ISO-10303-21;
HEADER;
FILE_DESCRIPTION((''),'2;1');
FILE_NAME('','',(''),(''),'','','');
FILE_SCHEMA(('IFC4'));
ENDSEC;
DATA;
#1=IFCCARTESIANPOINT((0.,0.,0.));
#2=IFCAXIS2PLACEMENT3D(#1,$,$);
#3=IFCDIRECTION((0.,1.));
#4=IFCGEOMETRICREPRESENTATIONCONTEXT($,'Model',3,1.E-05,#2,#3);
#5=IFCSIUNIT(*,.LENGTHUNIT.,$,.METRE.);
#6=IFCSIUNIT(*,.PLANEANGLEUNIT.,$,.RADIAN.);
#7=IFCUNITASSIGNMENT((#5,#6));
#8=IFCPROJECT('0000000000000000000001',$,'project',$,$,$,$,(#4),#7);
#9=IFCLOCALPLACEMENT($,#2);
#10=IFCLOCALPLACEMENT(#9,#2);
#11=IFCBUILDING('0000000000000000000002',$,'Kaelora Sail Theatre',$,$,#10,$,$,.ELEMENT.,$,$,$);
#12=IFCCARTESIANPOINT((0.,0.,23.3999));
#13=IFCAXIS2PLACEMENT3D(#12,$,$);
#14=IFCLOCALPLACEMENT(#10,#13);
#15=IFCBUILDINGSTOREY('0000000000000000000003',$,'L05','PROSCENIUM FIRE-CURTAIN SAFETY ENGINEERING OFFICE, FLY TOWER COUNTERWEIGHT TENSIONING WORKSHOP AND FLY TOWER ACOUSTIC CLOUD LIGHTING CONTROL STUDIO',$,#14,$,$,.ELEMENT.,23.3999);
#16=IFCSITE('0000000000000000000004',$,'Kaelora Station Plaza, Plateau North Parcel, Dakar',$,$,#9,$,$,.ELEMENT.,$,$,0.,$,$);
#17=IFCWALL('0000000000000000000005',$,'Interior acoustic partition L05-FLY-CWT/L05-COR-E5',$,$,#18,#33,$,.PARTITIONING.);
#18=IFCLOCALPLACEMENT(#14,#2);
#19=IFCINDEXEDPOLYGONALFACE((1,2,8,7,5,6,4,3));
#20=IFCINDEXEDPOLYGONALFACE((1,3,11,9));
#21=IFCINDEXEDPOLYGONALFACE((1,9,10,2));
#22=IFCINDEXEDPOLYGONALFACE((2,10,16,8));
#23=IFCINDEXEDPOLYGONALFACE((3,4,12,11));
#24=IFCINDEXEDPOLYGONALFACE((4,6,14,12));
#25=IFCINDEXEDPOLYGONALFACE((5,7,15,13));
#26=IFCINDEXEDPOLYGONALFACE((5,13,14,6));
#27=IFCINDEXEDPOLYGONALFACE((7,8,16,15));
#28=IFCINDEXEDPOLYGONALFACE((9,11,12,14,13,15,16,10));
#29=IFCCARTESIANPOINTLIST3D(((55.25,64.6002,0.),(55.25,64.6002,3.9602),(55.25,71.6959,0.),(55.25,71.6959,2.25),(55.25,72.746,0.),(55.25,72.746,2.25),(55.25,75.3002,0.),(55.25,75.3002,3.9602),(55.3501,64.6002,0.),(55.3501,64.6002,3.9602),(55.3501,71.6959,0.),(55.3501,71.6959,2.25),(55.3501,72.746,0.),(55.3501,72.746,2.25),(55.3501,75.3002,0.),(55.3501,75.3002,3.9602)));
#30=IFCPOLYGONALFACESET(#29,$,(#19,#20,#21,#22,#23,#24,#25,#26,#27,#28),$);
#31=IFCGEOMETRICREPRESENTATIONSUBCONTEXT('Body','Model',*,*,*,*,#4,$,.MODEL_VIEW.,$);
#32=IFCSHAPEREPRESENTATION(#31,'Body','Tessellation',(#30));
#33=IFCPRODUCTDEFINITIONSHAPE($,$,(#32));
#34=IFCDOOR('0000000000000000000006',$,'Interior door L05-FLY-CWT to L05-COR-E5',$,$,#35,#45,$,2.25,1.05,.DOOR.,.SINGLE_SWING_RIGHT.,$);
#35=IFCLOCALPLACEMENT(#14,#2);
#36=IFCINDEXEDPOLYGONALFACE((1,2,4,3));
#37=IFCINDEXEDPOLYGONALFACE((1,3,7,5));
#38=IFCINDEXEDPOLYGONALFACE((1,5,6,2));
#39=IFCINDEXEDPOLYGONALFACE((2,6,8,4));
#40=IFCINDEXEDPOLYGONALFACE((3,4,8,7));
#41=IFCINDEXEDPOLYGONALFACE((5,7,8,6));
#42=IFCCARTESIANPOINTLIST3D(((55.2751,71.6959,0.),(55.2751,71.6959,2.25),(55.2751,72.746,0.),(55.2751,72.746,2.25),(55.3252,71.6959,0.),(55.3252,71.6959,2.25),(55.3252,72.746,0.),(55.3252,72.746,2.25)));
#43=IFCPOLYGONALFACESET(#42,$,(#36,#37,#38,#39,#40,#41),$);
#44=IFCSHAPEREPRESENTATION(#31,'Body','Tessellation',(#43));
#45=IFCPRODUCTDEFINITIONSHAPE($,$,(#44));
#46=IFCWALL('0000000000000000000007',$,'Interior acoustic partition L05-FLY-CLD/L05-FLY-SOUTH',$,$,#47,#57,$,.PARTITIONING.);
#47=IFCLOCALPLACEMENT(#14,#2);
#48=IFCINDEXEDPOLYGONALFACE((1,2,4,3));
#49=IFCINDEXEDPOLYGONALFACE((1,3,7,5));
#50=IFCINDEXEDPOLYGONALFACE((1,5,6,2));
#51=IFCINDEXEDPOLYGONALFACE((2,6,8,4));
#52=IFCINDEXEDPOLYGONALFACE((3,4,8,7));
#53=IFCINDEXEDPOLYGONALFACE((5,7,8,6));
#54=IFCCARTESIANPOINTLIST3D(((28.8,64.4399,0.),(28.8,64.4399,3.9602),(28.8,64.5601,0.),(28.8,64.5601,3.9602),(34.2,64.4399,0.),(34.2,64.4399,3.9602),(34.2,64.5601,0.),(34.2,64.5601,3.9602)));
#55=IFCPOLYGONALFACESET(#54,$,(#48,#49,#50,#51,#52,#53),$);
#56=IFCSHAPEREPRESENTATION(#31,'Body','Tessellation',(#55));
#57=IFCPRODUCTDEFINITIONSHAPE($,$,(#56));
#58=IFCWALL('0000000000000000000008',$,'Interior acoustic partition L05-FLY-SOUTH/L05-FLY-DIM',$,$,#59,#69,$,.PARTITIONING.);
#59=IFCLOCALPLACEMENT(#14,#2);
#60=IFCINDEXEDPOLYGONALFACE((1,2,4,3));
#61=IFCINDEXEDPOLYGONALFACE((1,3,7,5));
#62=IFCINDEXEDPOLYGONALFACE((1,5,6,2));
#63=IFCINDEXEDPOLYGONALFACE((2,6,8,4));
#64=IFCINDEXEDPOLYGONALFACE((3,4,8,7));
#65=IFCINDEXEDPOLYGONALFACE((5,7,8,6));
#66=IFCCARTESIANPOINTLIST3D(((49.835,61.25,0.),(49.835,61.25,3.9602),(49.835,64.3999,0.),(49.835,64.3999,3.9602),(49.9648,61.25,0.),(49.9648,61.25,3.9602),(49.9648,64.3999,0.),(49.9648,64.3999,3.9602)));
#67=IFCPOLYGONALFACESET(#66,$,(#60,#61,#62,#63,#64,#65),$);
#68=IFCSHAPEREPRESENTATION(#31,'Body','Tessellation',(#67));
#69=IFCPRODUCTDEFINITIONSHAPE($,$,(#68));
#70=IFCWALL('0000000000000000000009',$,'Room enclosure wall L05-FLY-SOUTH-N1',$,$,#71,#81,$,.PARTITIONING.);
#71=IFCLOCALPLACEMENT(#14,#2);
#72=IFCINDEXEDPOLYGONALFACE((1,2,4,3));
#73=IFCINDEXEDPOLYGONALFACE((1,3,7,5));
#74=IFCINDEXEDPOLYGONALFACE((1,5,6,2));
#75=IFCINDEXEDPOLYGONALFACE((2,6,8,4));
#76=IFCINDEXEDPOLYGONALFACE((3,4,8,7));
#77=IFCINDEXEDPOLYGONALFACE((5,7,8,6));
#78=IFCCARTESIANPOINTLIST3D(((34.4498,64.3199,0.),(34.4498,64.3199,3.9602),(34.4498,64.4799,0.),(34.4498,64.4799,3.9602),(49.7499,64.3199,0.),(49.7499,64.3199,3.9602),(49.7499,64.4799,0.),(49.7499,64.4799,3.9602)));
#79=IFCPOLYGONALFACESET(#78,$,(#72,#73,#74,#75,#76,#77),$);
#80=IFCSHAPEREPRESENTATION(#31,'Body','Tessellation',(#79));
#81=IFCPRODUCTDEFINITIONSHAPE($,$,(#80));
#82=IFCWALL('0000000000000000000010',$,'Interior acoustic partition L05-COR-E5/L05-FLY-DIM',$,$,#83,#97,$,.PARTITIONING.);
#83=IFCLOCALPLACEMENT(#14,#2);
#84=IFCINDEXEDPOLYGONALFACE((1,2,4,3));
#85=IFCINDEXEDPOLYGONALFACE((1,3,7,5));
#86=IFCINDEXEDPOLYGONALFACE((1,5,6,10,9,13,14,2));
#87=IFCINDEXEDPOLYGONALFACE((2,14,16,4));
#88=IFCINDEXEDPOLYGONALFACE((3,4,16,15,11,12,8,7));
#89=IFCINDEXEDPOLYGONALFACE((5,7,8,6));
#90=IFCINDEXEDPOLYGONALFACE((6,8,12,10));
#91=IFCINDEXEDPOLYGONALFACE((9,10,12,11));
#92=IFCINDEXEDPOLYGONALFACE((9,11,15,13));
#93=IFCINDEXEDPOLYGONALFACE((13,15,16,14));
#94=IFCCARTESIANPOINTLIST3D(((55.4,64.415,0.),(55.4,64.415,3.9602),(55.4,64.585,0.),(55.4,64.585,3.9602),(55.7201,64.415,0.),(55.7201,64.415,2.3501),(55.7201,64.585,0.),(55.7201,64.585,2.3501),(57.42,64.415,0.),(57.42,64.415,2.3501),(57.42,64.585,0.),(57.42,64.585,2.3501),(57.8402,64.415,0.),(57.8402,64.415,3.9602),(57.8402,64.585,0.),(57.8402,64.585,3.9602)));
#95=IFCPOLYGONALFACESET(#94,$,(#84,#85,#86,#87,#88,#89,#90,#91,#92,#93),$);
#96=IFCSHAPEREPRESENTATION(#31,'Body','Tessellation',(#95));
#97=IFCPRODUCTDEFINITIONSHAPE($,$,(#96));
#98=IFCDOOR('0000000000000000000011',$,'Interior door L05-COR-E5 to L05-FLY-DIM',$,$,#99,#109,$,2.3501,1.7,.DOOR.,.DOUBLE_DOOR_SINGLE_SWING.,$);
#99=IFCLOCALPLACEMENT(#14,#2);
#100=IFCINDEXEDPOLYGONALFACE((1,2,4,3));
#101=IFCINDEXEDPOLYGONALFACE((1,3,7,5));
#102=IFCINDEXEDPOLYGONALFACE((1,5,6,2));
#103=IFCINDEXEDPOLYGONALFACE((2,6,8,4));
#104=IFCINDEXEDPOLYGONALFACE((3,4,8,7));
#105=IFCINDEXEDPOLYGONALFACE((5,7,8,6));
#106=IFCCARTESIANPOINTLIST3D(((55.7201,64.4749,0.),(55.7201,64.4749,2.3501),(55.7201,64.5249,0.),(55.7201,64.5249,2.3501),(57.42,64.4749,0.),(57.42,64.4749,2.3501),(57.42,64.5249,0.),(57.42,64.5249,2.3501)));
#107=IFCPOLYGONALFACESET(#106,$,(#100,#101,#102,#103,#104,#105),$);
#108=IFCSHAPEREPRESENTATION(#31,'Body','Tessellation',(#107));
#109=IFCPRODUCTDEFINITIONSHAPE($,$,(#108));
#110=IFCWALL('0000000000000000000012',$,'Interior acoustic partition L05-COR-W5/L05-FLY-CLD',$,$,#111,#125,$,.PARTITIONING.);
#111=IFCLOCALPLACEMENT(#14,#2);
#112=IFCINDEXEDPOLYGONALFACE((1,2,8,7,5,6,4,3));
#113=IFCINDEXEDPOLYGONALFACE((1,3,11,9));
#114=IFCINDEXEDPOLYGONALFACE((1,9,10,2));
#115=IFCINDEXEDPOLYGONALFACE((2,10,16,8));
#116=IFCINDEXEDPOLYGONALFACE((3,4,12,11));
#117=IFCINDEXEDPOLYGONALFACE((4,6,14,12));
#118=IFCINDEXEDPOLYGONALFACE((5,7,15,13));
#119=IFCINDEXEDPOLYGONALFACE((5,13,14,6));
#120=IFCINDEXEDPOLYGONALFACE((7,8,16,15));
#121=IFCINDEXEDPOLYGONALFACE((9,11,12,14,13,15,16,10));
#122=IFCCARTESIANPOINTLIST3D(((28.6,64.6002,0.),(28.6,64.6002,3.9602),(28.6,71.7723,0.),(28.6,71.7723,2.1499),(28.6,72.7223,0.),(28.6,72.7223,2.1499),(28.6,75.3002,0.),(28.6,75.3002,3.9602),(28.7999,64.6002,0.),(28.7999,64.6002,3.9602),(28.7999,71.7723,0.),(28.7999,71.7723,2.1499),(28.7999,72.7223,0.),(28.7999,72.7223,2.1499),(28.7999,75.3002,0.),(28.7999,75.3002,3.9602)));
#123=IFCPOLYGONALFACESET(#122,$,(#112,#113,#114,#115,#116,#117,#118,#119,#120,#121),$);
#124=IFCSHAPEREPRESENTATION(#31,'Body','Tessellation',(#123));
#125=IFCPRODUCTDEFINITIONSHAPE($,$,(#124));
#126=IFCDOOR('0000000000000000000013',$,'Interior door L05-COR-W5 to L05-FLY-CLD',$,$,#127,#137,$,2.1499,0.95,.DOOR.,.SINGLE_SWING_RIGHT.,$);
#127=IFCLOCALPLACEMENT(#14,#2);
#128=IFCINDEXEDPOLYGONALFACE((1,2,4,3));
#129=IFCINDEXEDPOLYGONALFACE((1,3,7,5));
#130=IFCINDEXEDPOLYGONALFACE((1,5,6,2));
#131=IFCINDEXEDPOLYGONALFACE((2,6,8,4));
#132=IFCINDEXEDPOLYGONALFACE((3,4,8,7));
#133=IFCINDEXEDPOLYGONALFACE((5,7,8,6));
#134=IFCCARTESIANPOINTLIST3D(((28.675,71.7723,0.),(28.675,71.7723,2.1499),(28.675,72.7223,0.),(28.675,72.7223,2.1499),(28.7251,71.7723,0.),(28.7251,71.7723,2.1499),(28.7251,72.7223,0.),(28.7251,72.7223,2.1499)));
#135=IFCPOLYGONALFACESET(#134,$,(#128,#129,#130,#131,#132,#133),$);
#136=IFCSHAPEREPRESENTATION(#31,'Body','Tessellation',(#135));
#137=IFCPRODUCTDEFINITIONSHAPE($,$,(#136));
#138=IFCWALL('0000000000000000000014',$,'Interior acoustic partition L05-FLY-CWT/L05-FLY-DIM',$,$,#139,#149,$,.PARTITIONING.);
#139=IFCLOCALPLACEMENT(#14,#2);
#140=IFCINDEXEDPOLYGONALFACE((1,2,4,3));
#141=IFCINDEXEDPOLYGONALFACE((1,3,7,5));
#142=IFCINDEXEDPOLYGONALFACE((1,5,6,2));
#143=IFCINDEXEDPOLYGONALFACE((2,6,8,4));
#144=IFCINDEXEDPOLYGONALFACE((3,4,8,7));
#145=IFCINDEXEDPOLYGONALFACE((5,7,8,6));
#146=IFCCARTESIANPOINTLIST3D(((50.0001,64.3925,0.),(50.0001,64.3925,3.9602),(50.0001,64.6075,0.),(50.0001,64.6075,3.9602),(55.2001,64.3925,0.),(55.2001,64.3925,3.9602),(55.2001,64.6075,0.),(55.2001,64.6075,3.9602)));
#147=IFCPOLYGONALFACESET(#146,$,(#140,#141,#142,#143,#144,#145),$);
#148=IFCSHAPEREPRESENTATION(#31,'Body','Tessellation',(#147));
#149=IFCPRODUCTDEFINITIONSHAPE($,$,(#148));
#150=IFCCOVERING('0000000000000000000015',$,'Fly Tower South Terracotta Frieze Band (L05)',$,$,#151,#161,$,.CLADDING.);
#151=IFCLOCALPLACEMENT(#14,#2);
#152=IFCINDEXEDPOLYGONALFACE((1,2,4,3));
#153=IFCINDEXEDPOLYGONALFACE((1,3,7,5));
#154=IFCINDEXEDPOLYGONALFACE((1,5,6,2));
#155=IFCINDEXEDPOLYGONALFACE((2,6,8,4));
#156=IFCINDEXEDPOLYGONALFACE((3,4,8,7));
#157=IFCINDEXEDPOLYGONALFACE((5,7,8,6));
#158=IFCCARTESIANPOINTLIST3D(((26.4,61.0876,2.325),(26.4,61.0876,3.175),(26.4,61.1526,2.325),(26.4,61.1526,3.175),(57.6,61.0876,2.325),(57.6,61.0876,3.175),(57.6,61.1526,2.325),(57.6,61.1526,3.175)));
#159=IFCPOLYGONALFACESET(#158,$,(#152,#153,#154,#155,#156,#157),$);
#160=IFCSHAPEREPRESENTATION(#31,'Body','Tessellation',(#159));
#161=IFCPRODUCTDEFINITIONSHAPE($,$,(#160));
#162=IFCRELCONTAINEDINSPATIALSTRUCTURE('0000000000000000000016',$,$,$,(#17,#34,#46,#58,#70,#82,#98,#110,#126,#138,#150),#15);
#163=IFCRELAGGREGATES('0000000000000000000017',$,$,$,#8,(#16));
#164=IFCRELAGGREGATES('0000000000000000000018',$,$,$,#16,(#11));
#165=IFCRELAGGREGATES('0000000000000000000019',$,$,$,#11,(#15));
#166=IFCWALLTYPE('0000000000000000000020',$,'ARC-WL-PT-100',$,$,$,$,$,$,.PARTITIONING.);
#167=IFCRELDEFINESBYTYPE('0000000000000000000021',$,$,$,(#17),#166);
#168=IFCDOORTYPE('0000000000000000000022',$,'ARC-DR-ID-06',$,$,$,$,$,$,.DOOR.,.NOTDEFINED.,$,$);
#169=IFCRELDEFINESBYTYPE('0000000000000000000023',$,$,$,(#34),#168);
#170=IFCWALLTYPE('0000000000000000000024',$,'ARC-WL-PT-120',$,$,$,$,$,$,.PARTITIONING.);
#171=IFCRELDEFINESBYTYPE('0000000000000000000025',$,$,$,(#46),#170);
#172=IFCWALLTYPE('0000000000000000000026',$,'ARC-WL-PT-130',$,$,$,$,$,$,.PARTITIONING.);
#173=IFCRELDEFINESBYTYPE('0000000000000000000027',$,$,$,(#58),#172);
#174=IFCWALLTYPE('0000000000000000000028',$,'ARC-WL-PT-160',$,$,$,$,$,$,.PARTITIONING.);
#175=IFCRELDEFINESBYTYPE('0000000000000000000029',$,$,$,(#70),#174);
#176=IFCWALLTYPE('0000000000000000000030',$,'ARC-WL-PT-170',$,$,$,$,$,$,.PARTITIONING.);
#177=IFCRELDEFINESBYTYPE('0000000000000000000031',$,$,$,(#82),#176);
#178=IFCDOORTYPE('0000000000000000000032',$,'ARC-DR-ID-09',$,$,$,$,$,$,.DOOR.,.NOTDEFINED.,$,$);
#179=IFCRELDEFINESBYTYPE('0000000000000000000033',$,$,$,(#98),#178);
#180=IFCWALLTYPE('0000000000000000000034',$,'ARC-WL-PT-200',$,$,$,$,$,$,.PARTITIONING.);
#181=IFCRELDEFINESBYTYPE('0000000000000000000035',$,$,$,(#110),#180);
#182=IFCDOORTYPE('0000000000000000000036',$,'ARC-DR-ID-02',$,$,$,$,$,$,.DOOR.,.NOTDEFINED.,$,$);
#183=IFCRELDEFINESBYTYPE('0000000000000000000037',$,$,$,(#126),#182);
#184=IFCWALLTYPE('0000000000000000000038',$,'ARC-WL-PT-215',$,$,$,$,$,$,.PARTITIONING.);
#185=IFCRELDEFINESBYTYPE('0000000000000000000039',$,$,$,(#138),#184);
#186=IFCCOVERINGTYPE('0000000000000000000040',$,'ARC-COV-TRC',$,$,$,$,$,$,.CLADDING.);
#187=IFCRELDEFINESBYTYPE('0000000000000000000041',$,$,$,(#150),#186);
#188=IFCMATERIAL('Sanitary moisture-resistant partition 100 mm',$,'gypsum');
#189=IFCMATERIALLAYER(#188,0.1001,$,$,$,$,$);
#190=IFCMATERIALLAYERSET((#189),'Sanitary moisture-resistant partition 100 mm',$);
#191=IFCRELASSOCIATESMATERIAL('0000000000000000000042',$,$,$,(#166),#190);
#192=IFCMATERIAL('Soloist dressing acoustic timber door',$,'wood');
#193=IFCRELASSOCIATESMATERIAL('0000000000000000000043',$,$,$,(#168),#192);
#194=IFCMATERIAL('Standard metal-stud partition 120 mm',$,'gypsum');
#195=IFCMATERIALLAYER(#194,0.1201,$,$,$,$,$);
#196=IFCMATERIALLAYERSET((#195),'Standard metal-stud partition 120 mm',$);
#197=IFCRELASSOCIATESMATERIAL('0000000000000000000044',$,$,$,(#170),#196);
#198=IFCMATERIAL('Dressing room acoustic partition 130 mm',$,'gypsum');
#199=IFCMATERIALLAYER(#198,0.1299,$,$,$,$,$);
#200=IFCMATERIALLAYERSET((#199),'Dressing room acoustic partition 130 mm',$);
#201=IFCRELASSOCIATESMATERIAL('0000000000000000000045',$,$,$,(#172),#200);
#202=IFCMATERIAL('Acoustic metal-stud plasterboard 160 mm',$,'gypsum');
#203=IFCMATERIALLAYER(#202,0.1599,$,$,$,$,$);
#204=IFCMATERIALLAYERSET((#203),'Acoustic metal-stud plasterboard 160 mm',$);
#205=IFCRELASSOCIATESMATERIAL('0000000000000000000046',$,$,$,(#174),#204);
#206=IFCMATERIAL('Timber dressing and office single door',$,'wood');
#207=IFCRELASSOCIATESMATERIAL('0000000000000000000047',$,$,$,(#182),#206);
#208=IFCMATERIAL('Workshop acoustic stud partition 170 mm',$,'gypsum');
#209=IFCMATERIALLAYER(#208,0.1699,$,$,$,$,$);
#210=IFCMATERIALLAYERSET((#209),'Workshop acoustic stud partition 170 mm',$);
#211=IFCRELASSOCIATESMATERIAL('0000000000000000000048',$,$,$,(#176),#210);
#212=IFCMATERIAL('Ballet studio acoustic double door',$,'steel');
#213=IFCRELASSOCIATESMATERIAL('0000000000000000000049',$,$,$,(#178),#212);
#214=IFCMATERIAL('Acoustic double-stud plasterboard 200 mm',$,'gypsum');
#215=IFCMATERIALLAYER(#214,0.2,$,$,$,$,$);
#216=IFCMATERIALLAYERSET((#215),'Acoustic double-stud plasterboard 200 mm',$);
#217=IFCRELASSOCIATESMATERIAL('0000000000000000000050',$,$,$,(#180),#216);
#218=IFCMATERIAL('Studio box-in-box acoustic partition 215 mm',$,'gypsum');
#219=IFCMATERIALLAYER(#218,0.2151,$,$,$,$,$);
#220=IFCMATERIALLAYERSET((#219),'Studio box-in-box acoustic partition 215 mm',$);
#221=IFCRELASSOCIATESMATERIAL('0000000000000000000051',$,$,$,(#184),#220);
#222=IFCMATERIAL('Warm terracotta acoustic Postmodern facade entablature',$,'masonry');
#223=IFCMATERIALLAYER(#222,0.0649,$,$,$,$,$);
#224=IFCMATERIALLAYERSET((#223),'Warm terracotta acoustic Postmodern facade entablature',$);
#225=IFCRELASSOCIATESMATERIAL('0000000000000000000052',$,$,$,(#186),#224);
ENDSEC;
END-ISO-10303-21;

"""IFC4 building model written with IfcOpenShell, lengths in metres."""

from ifc_helpers import new_model, si_unit, direction, frame, frame_2d, origin, origin_2d, place, context, subcontext, project, spatial, rectangle, extrude, material, layer, layer_set, type_object, element, fill, save


model = new_model("IFC4")

# Units and contexts
model_context = context("Model", 3, precision=1e-05, world=origin(), true_north=direction((0.0, 1.0)))
body_context = subcontext(model_context, "Body", "Model", "MODEL_VIEW")
ifc_project = project(units=[si_unit("LENGTHUNIT", "METRE"), si_unit("PLANEANGLEUNIT", "RADIAN")], contexts=[model_context])

# Site, building, storey
site_placement = place(None, origin())
site = spatial("IfcSite", under=ifc_project, at=site_placement, Name="Kaelora Station Plaza, Plateau North Parcel, Dakar", CompositionType="ELEMENT", RefElevation=0.0)
building_placement = place(site_placement, origin())
building = spatial("IfcBuilding", under=site, at=building_placement, Name="Kaelora Sail Theatre", CompositionType="ELEMENT")
storey_placement = place(building_placement, frame((0.0, 0.0, 23.3999)))
storey = spatial("IfcBuildingStorey", under=building, at=storey_placement, Name="L05", Description="PROSCENIUM FIRE-CURTAIN SAFETY ENGINEERING OFFICE, FLY TOWER COUNTERWEIGHT TENSIONING WORKSHOP AND FLY TOWER ACOUSTIC CLOUD LIGHTING CONTROL STUDIO", CompositionType="ELEMENT", Elevation=23.3999)

# Wall, opening, door
ifc_material_1 = material(Name="Sanitary moisture-resistant partition 100 mm", Category="gypsum")
ifc_layer_1 = layer(ifc_material_1, 0.1001)
ifc_layer_set_1 = layer_set([ifc_layer_1], Name="Sanitary moisture-resistant partition 100 mm")
wall_type_1 = type_object("IfcWallType", Name="ARC-WL-PT-100", PredefinedType="PARTITIONING", material=ifc_layer_set_1)
wall_1_placement = place(storey_placement, frame((55.3, 64.6001, 0.0), z_axis=(0.0, 0.0, 1.0), x_axis=(0.0, 1.0, 0.0)))
wall_1 = element("IfcWall", 1, at=wall_1_placement, inside=storey, type_object=wall_type_1, Name="Interior acoustic partition L05-FLY-CWT/L05-COR-E5", PredefinedType="PARTITIONING", context=body_context, shape_type="SweptSolid", body=[
    extrude(rectangle(XDim=10.7, YDim=0.1001, at=frame_2d((5.3501, 0.0))), origin(), (0.0, 0.0, 1.0), 3.9602),
])
opening_1_placement = place(wall_1_placement, frame((7.0959, 0.0, 0.0)))
opening_1 = element("IfcOpeningElement", 2, at=opening_1_placement, cuts=wall_1, PredefinedType="OPENING", context=body_context, shape_type="SweptSolid", body=[
    extrude(rectangle(XDim=1.05, YDim=2.25, at=frame_2d((0.5249, 1.125))), frame((0.0, 0.06, 0.0), z_axis=(0.0, -1.0, 0.0), x_axis=(1.0, 0.0, 0.0)), (0.0, 0.0, 1.0), 0.1201),
])
ifc_material_2 = material(Name="Soloist dressing acoustic timber door", Category="wood")
door_type_1 = type_object("IfcDoorType", Name="ARC-DR-ID-06", OperationType="NOTDEFINED", PredefinedType="DOOR", material=ifc_material_2)
door_1_placement = place(opening_1_placement, origin())
door_1 = element("IfcDoor", 3, at=door_1_placement, inside=storey, type_object=door_type_1, Name="Interior door L05-FLY-CWT to L05-COR-E5", OperationType="SINGLE_SWING_RIGHT", OverallHeight=2.25, OverallWidth=1.05, PredefinedType="DOOR", context=body_context, shape_type="SweptSolid", body=[
    extrude(rectangle(XDim=1.05, YDim=2.25, at=frame_2d((0.5249, 1.125))), frame((0.0, 0.0249, 0.0), z_axis=(0.0, -1.0, 0.0), x_axis=(1.0, 0.0, 0.0)), (0.0, 0.0, 1.0), 0.05),
])
fill(opening_1, door_1)

# Walls
ifc_material_3 = material(Name="Standard metal-stud partition 120 mm", Category="gypsum")
ifc_layer_2 = layer(ifc_material_3, 0.1201)
ifc_layer_set_2 = layer_set([ifc_layer_2], Name="Standard metal-stud partition 120 mm")
wall_type_2 = type_object("IfcWallType", Name="ARC-WL-PT-120", PredefinedType="PARTITIONING", material=ifc_layer_set_2)
wall_2_placement = place(storey_placement, frame((28.8, 64.5, 0.0), z_axis=(0.0, 0.0, 1.0), x_axis=(1.0, 0.0, 0.0)))
element("IfcWall", 4, at=wall_2_placement, inside=storey, type_object=wall_type_2, Name="Interior acoustic partition L05-FLY-CLD/L05-FLY-SOUTH", PredefinedType="PARTITIONING", context=body_context, shape_type="SweptSolid", body=[
    extrude(rectangle(XDim=5.3999, YDim=0.1201, at=frame_2d((2.7, 0.0))), origin(), (0.0, 0.0, 1.0), 3.9602),
])
ifc_material_4 = material(Name="Dressing room acoustic partition 130 mm", Category="gypsum")
ifc_layer_3 = layer(ifc_material_4, 0.1299)
ifc_layer_set_3 = layer_set([ifc_layer_3], Name="Dressing room acoustic partition 130 mm")
wall_type_3 = type_object("IfcWallType", Name="ARC-WL-PT-130", PredefinedType="PARTITIONING", material=ifc_layer_set_3)
wall_3_placement = place(storey_placement, frame((49.8999, 61.25, 0.0), z_axis=(0.0, 0.0, 1.0), x_axis=(0.0, 1.0, 0.0)))
element("IfcWall", 5, at=wall_3_placement, inside=storey, type_object=wall_type_3, Name="Interior acoustic partition L05-FLY-SOUTH/L05-FLY-DIM", PredefinedType="PARTITIONING", context=body_context, shape_type="SweptSolid", body=[
    extrude(rectangle(XDim=3.1499, YDim=0.1299, at=frame_2d((1.575, 0.0))), origin(), (0.0, 0.0, 1.0), 3.9602),
])

# Shared definitions
ifc_material_5 = material(Name="Acoustic metal-stud plasterboard 160 mm", Category="gypsum")
ifc_layer_4 = layer(ifc_material_5, 0.1599)
ifc_layer_set_4 = layer_set([ifc_layer_4], Name="Acoustic metal-stud plasterboard 160 mm")
wall_type_4 = type_object("IfcWallType", Name="ARC-WL-PT-160", PredefinedType="PARTITIONING", material=ifc_layer_set_4)
ifc_material_6 = material(Name="Timber dressing and office single door", Category="wood")
door_type_2 = type_object("IfcDoorType", Name="ARC-DR-ID-02", OperationType="NOTDEFINED", PredefinedType="DOOR", material=ifc_material_6)

# Wall
wall_4_placement = place(storey_placement, frame((34.45, 64.3999, 0.0), z_axis=(0.0, 0.0, 1.0), x_axis=(1.0, 0.0, 0.0)))
element("IfcWall", 6, at=wall_4_placement, inside=storey, type_object=wall_type_4, Name="Room enclosure wall L05-FLY-SOUTH-N1", PredefinedType="PARTITIONING", context=body_context, shape_type="SweptSolid", body=[
    extrude(rectangle(XDim=15.3, YDim=0.1599, at=frame_2d((7.6499, 0.0))), origin(), (0.0, 0.0, 1.0), 3.9602),
])

# Walls, openings, doors
ifc_material_7 = material(Name="Workshop acoustic stud partition 170 mm", Category="gypsum")
ifc_layer_5 = layer(ifc_material_7, 0.1699)
ifc_layer_set_5 = layer_set([ifc_layer_5], Name="Workshop acoustic stud partition 170 mm")
wall_type_5 = type_object("IfcWallType", Name="ARC-WL-PT-170", PredefinedType="PARTITIONING", material=ifc_layer_set_5)
wall_5_placement = place(storey_placement, frame((55.3999, 64.5, 0.0), z_axis=(0.0, 0.0, 1.0), x_axis=(1.0, 0.0, 0.0)))
wall_5 = element("IfcWall", 7, at=wall_5_placement, inside=storey, type_object=wall_type_5, Name="Interior acoustic partition L05-COR-E5/L05-FLY-DIM", PredefinedType="PARTITIONING", context=body_context, shape_type="SweptSolid", body=[
    extrude(rectangle(XDim=2.4402, YDim=0.1699, at=frame_2d((1.2202, 0.0))), origin(), (0.0, 0.0, 1.0), 3.9602),
])
opening_2_placement = place(wall_5_placement, frame((0.3201, 0.0, 0.0)))
opening_2 = element("IfcOpeningElement", 8, at=opening_2_placement, cuts=wall_5, PredefinedType="OPENING", context=body_context, shape_type="SweptSolid", body=[
    extrude(rectangle(XDim=1.7, YDim=2.3501, at=frame_2d((0.8501, 1.175))), frame((0.0, 0.095, 0.0), z_axis=(0.0, -1.0, 0.0), x_axis=(1.0, 0.0, 0.0)), (0.0, 0.0, 1.0), 0.1899),
])
ifc_material_8 = material(Name="Ballet studio acoustic double door", Category="steel")
door_type_3 = type_object("IfcDoorType", Name="ARC-DR-ID-09", OperationType="NOTDEFINED", PredefinedType="DOOR", material=ifc_material_8)
door_2_placement = place(opening_2_placement, origin())
door_2 = element("IfcDoor", 9, at=door_2_placement, inside=storey, type_object=door_type_3, Name="Interior door L05-COR-E5 to L05-FLY-DIM", OperationType="DOUBLE_DOOR_SINGLE_SWING", OverallHeight=2.3501, OverallWidth=1.7, PredefinedType="DOOR", context=body_context, shape_type="SweptSolid", body=[
    extrude(rectangle(XDim=1.7, YDim=2.3501, at=frame_2d((0.8501, 1.175))), frame((0.0, 0.0249, 0.0), z_axis=(0.0, -1.0, 0.0), x_axis=(1.0, 0.0, 0.0)), (0.0, 0.0, 1.0), 0.05),
])
fill(opening_2, door_2)
ifc_material_9 = material(Name="Acoustic double-stud plasterboard 200 mm", Category="gypsum")
ifc_layer_6 = layer(ifc_material_9, 0.2)
ifc_layer_set_6 = layer_set([ifc_layer_6], Name="Acoustic double-stud plasterboard 200 mm")
wall_type_6 = type_object("IfcWallType", Name="ARC-WL-PT-200", PredefinedType="PARTITIONING", material=ifc_layer_set_6)
wall_6_placement = place(storey_placement, frame((28.7, 64.6001, 0.0), z_axis=(0.0, 0.0, 1.0), x_axis=(0.0, 1.0, 0.0)))
wall_6 = element("IfcWall", 10, at=wall_6_placement, inside=storey, type_object=wall_type_6, Name="Interior acoustic partition L05-COR-W5/L05-FLY-CLD", PredefinedType="PARTITIONING", context=body_context, shape_type="SweptSolid", body=[
    extrude(rectangle(XDim=10.7, YDim=0.2, at=frame_2d((5.3501, 0.0))), origin(), (0.0, 0.0, 1.0), 3.9602),
])
opening_3_placement = place(wall_6_placement, frame((7.1721, 0.0, 0.0)))
opening_3 = element("IfcOpeningElement", 11, at=opening_3_placement, cuts=wall_6, PredefinedType="OPENING", context=body_context, shape_type="SweptSolid", body=[
    extrude(rectangle(XDim=0.95, YDim=2.1499, at=frame_2d((0.4751, 1.075))), frame((0.0, 0.1101, 0.0), z_axis=(0.0, -1.0, 0.0), x_axis=(1.0, 0.0, 0.0)), (0.0, 0.0, 1.0), 0.22),
])
door_3_placement = place(opening_3_placement, origin())
door_3 = element("IfcDoor", 12, at=door_3_placement, inside=storey, type_object=door_type_2, Name="Interior door L05-COR-W5 to L05-FLY-CLD", OperationType="SINGLE_SWING_RIGHT", OverallHeight=2.1499, OverallWidth=0.95, PredefinedType="DOOR", context=body_context, shape_type="SweptSolid", body=[
    extrude(rectangle(XDim=0.95, YDim=2.1499, at=frame_2d((0.4751, 1.075))), frame((0.0, 0.0249, 0.0), z_axis=(0.0, -1.0, 0.0), x_axis=(1.0, 0.0, 0.0)), (0.0, 0.0, 1.0), 0.05),
])
fill(opening_3, door_3)

# Wall
ifc_material_10 = material(Name="Studio box-in-box acoustic partition 215 mm", Category="gypsum")
ifc_layer_7 = layer(ifc_material_10, 0.2151)
ifc_layer_set_7 = layer_set([ifc_layer_7], Name="Studio box-in-box acoustic partition 215 mm")
wall_type_7 = type_object("IfcWallType", Name="ARC-WL-PT-215", PredefinedType="PARTITIONING", material=ifc_layer_set_7)
wall_7_placement = place(storey_placement, frame((50.0, 64.5, 0.0), z_axis=(0.0, 0.0, 1.0), x_axis=(1.0, 0.0, 0.0)))
element("IfcWall", 13, at=wall_7_placement, inside=storey, type_object=wall_type_7, Name="Interior acoustic partition L05-FLY-CWT/L05-FLY-DIM", PredefinedType="PARTITIONING", context=body_context, shape_type="SweptSolid", body=[
    extrude(rectangle(XDim=5.2, YDim=0.2151, at=frame_2d((2.6001, 0.0))), origin(), (0.0, 0.0, 1.0), 3.9602),
])

# Covering
ifc_material_11 = material(Name="Warm terracotta acoustic Postmodern facade entablature", Category="masonry")
ifc_layer_8 = layer(ifc_material_11, 0.0649)
ifc_layer_set_8 = layer_set([ifc_layer_8], Name="Warm terracotta acoustic Postmodern facade entablature")
covering_type = type_object("IfcCoveringType", Name="ARC-COV-TRC", PredefinedType="CLADDING", material=ifc_layer_set_8)
covering_placement = place(storey_placement, frame((42.0, 61.1201, 2.325), z_axis=(0.0, 0.0, 1.0), x_axis=(1.0, 0.0, 0.0)))
element("IfcCovering", 14, at=covering_placement, inside=storey, type_object=covering_type, Name="Fly Tower South Terracotta Frieze Band (L05)", PredefinedType="CLADDING", context=body_context, shape_type="SweptSolid", body=[
    extrude(rectangle(XDim=31.2, YDim=0.0649, at=origin_2d()), origin(), (0.0, 0.0, 1.0), 0.8501),
])

save(model, "model.ifc")
